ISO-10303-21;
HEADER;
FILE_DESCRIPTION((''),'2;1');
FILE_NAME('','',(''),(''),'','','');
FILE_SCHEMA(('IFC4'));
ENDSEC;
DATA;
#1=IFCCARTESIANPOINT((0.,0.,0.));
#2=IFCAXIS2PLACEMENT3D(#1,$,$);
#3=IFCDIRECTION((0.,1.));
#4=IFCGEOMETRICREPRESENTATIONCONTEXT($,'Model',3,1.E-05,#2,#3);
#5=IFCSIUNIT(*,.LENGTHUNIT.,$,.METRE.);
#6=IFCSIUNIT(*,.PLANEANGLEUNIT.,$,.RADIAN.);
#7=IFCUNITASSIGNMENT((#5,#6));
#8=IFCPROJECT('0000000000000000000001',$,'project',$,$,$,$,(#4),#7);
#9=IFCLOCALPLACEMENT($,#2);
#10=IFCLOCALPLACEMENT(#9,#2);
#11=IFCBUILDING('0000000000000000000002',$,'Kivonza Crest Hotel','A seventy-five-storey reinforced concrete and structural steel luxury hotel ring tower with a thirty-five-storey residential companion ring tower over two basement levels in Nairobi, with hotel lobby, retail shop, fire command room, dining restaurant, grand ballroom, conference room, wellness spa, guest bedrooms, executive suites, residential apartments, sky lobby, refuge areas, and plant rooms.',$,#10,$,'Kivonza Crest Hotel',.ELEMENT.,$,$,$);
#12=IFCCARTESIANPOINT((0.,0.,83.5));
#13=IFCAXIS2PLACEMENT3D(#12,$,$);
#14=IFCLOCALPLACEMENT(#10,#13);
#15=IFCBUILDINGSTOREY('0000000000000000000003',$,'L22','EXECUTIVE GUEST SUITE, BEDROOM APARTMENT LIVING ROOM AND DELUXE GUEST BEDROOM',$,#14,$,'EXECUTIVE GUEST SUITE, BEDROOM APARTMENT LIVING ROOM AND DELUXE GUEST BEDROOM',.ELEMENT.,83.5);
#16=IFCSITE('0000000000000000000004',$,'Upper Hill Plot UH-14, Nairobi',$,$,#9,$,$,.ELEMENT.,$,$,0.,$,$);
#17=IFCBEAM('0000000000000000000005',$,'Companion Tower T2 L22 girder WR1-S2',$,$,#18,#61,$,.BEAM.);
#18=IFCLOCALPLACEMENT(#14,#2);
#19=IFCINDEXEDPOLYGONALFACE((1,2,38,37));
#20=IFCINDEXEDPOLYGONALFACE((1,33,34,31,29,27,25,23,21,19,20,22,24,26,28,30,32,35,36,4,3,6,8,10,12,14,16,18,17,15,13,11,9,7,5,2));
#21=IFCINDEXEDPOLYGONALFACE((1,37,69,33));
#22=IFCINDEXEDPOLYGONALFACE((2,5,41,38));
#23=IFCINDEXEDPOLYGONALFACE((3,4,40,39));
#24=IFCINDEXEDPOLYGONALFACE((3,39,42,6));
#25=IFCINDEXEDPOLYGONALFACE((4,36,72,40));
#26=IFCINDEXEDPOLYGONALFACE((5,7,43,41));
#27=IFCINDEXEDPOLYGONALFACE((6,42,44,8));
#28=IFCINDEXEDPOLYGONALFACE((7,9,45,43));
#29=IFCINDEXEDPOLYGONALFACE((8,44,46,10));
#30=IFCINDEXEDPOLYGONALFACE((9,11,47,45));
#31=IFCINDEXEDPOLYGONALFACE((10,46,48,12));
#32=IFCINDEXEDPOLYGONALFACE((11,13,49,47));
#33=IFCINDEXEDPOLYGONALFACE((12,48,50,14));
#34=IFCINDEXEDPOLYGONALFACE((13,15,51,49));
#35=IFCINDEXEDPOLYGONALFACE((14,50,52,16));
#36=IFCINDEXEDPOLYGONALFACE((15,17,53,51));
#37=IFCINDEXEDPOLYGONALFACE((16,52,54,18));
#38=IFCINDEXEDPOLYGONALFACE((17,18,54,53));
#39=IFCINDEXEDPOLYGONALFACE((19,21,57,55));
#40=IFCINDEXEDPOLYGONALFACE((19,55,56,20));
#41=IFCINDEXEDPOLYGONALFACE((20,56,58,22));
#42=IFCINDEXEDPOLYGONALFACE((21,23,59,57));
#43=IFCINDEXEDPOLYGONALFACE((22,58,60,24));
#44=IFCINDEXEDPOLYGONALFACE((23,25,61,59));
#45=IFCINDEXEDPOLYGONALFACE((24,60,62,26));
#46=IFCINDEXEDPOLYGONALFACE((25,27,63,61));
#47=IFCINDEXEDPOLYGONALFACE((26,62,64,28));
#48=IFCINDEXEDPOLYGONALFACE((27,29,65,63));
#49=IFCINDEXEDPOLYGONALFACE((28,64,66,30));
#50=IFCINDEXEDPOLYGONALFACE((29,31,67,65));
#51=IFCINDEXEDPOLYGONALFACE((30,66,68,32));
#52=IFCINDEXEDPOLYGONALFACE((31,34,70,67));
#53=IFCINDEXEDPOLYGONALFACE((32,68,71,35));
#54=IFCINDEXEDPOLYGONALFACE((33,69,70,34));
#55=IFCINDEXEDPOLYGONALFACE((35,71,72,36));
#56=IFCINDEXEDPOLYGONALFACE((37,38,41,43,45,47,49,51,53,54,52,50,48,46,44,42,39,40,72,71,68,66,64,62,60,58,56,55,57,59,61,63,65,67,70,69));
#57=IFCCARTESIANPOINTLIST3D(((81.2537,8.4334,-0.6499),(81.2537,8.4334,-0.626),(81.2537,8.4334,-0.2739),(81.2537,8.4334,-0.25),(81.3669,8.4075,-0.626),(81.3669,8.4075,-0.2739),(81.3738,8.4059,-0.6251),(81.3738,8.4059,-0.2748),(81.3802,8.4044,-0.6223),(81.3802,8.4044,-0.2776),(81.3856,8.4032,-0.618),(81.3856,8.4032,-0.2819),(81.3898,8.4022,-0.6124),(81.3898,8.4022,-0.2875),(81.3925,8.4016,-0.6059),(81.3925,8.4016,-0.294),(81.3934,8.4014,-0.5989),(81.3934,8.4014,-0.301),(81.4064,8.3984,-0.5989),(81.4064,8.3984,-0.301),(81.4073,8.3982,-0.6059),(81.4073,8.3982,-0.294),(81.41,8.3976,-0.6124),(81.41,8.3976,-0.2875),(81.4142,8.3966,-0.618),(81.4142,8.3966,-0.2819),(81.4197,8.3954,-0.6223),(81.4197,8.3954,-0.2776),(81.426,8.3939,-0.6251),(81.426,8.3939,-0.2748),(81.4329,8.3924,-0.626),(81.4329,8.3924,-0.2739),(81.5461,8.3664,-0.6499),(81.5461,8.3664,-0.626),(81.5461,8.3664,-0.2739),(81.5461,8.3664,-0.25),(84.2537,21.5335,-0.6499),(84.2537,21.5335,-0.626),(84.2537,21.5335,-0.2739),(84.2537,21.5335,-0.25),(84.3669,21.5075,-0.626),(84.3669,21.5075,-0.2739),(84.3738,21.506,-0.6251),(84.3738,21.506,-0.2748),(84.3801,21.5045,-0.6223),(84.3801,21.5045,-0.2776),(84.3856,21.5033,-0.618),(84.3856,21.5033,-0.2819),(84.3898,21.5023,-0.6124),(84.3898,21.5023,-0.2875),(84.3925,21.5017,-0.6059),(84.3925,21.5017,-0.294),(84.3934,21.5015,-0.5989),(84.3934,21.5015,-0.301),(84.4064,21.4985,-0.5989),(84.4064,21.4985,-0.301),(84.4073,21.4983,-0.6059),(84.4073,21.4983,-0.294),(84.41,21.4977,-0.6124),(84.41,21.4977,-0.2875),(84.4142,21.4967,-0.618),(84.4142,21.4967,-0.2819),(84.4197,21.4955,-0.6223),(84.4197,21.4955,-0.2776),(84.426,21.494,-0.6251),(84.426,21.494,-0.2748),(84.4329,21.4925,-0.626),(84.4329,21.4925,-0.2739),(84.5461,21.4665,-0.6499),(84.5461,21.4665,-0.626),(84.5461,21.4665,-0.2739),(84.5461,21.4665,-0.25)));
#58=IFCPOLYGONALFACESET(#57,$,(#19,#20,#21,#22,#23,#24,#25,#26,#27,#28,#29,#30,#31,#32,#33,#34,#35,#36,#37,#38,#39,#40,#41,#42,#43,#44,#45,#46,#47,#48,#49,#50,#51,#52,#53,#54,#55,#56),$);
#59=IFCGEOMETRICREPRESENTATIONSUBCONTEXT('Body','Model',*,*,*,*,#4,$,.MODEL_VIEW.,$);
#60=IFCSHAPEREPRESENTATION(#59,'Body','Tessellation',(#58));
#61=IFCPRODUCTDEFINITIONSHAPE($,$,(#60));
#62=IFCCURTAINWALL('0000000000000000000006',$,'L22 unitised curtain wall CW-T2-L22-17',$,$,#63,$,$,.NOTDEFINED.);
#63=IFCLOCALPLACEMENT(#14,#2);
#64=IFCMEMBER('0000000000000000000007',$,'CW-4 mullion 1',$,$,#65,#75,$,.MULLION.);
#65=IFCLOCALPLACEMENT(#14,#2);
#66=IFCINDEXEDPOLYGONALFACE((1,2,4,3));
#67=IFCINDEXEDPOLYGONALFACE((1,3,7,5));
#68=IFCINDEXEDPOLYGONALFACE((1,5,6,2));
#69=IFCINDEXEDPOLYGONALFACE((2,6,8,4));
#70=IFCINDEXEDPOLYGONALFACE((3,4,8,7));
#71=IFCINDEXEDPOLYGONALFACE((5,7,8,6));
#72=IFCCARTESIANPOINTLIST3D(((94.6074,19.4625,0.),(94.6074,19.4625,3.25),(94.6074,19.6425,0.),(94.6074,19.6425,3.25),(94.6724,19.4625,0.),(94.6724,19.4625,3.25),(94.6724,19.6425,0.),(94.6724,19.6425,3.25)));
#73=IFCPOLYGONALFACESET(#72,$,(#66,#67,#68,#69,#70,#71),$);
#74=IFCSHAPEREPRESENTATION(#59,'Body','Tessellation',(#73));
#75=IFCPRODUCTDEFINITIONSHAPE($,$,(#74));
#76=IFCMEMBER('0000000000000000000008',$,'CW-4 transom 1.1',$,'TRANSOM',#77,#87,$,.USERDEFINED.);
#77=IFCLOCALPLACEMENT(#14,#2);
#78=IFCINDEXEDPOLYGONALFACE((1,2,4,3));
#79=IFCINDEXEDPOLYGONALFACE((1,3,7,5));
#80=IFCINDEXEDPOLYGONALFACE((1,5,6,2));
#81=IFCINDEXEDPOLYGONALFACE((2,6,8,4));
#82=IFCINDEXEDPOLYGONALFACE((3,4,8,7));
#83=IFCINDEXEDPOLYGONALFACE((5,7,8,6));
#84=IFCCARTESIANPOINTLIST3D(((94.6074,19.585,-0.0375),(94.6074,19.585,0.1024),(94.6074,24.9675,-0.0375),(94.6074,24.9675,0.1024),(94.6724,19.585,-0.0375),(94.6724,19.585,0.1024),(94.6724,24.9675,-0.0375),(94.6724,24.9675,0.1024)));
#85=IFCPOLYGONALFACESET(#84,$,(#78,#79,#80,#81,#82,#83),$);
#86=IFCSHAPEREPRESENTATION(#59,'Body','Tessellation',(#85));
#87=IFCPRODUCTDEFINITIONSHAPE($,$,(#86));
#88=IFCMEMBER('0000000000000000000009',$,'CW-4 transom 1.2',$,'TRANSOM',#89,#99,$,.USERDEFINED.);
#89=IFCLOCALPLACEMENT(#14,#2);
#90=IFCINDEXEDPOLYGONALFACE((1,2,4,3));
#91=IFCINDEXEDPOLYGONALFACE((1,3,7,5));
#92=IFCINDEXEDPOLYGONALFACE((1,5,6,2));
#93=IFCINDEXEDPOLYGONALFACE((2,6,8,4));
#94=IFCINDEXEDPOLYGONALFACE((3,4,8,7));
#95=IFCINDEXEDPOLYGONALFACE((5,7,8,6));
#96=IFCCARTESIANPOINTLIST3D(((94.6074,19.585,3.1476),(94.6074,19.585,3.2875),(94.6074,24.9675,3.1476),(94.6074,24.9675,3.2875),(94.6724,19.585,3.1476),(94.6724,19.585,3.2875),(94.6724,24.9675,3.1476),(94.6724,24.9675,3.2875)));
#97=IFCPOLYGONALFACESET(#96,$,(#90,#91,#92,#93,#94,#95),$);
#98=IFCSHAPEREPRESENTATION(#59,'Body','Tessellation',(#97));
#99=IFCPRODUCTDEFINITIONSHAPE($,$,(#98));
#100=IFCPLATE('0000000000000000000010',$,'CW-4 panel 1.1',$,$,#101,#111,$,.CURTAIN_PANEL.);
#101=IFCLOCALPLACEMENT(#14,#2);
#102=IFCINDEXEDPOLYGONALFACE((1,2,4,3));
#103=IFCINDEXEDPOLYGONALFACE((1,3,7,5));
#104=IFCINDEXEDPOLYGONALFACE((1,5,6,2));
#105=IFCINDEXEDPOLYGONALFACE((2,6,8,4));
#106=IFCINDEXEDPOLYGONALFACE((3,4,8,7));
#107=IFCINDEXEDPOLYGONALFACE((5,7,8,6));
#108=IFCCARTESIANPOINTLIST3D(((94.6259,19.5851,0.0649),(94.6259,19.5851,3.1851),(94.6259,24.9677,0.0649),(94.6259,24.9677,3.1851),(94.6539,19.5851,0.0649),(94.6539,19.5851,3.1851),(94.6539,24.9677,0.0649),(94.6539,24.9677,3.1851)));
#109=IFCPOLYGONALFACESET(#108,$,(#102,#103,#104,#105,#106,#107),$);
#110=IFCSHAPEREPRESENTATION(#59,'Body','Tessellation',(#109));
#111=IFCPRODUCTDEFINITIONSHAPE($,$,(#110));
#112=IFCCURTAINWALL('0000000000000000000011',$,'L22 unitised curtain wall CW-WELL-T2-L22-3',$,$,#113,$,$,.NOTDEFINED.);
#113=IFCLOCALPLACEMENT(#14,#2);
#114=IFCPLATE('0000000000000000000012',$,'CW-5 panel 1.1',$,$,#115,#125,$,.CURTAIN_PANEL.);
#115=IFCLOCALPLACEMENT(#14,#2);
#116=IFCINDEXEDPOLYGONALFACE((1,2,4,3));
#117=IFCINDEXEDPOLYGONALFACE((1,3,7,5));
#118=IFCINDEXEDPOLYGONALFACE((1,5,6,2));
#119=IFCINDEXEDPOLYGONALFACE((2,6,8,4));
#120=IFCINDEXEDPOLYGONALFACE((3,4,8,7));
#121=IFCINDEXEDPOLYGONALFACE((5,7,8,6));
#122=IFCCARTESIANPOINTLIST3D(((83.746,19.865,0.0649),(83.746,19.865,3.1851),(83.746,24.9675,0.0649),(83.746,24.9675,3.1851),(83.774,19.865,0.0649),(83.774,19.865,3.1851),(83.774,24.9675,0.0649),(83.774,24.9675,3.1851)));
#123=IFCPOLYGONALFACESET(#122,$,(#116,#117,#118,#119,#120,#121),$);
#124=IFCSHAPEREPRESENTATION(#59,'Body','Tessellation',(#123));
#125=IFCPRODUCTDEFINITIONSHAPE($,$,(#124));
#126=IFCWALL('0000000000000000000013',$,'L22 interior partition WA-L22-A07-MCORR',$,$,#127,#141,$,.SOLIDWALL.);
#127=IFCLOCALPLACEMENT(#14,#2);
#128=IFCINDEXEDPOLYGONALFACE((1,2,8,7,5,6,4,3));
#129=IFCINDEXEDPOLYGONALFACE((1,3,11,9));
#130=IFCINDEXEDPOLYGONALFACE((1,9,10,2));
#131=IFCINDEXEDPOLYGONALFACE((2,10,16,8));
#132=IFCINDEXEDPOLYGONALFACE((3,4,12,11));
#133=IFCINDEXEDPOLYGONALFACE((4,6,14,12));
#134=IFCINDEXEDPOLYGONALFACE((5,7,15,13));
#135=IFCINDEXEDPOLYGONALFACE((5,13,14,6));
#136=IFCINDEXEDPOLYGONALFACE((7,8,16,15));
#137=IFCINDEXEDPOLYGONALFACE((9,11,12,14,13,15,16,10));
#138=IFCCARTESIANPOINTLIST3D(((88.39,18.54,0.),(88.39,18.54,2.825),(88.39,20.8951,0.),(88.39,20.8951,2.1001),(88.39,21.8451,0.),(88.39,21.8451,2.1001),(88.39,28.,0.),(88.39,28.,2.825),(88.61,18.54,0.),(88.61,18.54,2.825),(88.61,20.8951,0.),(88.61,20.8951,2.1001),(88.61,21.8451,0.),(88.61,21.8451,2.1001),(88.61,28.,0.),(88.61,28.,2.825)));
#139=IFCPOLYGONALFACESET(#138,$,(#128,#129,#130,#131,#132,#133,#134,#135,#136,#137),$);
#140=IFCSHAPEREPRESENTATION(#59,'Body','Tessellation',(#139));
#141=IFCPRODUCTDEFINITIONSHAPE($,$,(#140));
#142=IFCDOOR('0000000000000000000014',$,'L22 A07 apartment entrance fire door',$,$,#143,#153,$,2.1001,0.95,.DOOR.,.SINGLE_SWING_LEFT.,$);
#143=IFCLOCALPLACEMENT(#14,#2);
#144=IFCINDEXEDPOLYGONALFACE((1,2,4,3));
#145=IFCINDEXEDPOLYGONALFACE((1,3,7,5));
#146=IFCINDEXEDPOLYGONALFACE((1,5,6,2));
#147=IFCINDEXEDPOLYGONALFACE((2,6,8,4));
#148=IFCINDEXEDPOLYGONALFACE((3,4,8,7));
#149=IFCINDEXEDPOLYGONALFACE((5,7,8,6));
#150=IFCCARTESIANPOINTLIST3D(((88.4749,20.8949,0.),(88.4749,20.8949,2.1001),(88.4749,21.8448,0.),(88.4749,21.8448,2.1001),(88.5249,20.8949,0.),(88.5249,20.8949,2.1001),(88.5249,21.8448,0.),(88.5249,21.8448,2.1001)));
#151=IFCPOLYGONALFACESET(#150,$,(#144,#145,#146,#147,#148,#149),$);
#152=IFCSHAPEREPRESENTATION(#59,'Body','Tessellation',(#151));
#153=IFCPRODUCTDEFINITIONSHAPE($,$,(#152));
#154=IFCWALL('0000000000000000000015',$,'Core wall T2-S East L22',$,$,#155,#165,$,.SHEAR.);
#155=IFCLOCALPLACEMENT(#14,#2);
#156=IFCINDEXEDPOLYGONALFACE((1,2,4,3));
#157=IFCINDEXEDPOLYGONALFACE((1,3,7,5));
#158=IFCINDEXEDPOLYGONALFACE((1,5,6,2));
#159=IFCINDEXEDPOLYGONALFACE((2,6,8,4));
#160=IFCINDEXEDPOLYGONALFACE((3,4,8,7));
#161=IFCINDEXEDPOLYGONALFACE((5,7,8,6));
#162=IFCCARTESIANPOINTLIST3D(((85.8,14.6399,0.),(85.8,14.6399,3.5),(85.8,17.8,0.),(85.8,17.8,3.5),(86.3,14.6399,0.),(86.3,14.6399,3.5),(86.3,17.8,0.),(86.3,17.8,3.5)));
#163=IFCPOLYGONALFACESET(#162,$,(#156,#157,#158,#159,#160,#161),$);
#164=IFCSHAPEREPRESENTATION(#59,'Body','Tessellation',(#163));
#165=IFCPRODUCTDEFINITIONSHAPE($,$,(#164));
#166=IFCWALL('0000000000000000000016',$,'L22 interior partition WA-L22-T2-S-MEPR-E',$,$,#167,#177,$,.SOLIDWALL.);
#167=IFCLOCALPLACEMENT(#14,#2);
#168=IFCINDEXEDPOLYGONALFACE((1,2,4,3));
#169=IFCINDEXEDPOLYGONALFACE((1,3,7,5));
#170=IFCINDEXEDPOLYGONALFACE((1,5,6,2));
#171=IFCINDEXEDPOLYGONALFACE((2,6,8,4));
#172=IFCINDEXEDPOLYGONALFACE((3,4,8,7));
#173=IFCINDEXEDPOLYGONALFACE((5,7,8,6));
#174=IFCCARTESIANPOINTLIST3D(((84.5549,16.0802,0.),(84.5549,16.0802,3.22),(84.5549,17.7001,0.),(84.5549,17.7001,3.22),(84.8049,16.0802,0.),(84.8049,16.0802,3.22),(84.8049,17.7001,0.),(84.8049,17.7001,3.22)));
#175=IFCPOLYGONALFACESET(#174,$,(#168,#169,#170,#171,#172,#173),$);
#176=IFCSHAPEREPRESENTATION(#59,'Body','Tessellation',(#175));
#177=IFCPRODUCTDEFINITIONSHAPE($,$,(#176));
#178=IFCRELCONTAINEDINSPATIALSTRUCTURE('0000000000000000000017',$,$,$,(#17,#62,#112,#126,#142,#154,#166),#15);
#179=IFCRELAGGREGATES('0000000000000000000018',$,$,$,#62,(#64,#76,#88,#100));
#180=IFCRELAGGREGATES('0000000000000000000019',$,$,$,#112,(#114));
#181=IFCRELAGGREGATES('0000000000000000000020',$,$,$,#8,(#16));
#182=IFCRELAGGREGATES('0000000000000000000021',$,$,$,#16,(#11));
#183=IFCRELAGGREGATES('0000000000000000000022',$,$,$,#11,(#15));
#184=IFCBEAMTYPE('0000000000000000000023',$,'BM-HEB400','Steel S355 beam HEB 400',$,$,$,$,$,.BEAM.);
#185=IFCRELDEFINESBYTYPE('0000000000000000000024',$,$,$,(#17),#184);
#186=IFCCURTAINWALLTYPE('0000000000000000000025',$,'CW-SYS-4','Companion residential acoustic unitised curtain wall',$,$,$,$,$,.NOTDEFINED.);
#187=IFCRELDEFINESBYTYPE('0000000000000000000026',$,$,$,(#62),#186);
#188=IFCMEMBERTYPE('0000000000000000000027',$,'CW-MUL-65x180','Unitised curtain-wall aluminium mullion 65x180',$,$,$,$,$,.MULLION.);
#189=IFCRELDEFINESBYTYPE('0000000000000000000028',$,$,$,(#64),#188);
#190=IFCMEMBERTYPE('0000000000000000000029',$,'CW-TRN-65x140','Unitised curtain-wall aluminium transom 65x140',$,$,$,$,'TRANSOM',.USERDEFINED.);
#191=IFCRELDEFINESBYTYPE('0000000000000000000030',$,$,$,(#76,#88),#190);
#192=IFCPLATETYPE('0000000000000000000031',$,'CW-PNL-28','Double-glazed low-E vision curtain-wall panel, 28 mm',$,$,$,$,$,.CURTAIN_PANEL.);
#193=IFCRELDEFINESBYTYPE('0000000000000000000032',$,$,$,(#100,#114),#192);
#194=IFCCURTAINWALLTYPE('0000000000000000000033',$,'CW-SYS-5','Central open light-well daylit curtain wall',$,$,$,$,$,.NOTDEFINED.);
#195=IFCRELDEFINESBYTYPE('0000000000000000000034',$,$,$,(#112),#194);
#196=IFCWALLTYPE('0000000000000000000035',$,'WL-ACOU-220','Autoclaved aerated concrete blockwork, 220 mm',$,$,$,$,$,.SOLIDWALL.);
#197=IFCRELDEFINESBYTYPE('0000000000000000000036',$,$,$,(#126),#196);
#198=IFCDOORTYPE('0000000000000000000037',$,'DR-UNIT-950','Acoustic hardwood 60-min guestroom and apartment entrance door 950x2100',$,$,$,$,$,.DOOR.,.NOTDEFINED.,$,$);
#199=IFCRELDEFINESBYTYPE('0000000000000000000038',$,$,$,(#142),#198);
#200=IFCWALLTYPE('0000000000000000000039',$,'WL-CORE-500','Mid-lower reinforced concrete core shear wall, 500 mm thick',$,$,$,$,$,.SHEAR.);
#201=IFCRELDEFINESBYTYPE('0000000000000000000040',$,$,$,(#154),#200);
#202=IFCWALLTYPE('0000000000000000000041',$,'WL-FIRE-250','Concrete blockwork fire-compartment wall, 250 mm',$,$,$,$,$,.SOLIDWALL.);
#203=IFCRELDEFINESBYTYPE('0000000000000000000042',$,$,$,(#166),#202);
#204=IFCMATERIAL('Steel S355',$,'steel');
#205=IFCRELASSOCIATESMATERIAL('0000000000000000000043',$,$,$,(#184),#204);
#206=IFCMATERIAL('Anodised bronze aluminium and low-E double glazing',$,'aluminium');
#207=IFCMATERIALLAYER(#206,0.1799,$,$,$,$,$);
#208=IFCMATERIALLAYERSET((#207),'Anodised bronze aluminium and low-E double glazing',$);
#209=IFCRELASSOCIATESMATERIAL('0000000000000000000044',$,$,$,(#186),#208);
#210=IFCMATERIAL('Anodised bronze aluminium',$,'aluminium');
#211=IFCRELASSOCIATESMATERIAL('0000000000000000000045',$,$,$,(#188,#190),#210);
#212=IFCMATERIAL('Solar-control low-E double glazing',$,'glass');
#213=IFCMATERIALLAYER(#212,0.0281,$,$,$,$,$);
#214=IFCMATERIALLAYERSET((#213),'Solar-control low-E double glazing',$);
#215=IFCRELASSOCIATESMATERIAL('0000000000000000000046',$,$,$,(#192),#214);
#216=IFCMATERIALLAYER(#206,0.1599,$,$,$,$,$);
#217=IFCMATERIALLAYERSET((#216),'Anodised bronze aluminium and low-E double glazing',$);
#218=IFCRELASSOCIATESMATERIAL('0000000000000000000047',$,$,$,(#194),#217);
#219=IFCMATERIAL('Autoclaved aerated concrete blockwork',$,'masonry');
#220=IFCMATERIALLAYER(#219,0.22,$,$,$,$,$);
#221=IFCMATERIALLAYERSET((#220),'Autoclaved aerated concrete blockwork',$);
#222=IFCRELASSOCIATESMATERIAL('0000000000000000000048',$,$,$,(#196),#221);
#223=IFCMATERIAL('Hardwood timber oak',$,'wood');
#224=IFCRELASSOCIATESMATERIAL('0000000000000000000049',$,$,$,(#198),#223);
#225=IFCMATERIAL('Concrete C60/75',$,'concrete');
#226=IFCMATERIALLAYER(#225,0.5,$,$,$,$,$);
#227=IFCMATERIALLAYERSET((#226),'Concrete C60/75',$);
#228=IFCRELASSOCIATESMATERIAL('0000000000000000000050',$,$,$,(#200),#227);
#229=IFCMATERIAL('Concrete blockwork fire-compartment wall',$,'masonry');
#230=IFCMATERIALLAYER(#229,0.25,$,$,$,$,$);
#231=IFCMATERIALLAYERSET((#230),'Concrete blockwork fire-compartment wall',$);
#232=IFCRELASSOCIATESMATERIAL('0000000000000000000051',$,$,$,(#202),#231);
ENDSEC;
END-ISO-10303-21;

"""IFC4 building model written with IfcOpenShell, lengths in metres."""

from ifc_helpers import new_model, si_unit, direction, frame, frame_2d, origin, origin_2d, place, context, subcontext, project, spatial, rectangle, i_section, extrude, material, layer, layer_set, material_profile, profile_set, type_object, element, fill, aggregate, save


model = new_model("IFC4")

# Units and contexts
model_context = context("Model", 3, precision=1e-05, world=origin(), true_north=direction((0.0, 1.0)))
body_context = subcontext(model_context, "Body", "Model", "MODEL_VIEW")
ifc_project = project(units=[si_unit("LENGTHUNIT", "METRE"), si_unit("PLANEANGLEUNIT", "RADIAN")], contexts=[model_context])

# Site, building, storey
site_placement = place(None, origin())
site = spatial("IfcSite", under=ifc_project, at=site_placement, Name="Upper Hill Plot UH-14, Nairobi", CompositionType="ELEMENT", RefElevation=0.0)
building_placement = place(site_placement, origin())
building = spatial("IfcBuilding", under=site, at=building_placement, Name="Kivonza Crest Hotel", Description="A seventy-five-storey reinforced concrete and structural steel luxury hotel ring tower with a thirty-five-storey residential companion ring tower over two basement levels in Nairobi, with hotel lobby, retail shop, fire command room, dining restaurant, grand ballroom, conference room, wellness spa, guest bedrooms, executive suites, residential apartments, sky lobby, refuge areas, and plant rooms.", LongName="Kivonza Crest Hotel", CompositionType="ELEMENT")
storey_placement = place(building_placement, frame((0.0, 0.0, 83.5)))
storey = spatial("IfcBuildingStorey", under=building, at=storey_placement, Name="L22", Description="EXECUTIVE GUEST SUITE, BEDROOM APARTMENT LIVING ROOM AND DELUXE GUEST BEDROOM", LongName="EXECUTIVE GUEST SUITE, BEDROOM APARTMENT LIVING ROOM AND DELUXE GUEST BEDROOM", CompositionType="ELEMENT", Elevation=83.5)

# Beam
ifc_material_1 = material(Name="Steel S355", Category="steel")
ifc_material_profile_1 = material_profile(ifc_material_1, i_section(OverallWidth=0.3, OverallDepth=0.3999, WebThickness=0.0134, FlangeThickness=0.0239, FilletRadius=0.0271, at=origin_2d()), Name="HEB 400")
ifc_profile_set_1 = profile_set([ifc_material_profile_1], Name="Steel S355")
beam_type_1 = type_object("IfcBeamType", Name="BM-HEB400", Description="Steel S355 beam HEB 400", PredefinedType="BEAM", material=ifc_profile_set_1)
beam_1_placement = place(storey_placement, frame((84.3999, 21.5, -0.45), z_axis=(-0.223227, -0.974766, 0.0), x_axis=(0.974766, -0.223227, 0.0)))
element("IfcBeam", 1, at=beam_1_placement, inside=storey, type_object=beam_type_1, Name="Companion Tower T2 L22 girder WR1-S2", PredefinedType="BEAM", context=body_context, shape_type="SweptSolid", body=[
    extrude(i_section(OverallWidth=0.3, OverallDepth=0.3999, WebThickness=0.0134, FlangeThickness=0.0239, FilletRadius=0.0271, at=origin_2d()), origin(), (0.0, 0.0, 1.0), 13.4392),
])

# Curtain wall, members, plate
ifc_material_2 = material(Name="Anodised bronze aluminium and low-E double glazing", Category="aluminium")
ifc_layer_1 = layer(ifc_material_2, 0.1799)
ifc_layer_set_1 = layer_set([ifc_layer_1], Name="Anodised bronze aluminium and low-E double glazing")
curtain_wall_type_1 = type_object("IfcCurtainWallType", Name="CW-SYS-4", Description="Companion residential acoustic unitised curtain wall", PredefinedType="NOTDEFINED", material=ifc_layer_set_1)
curtain_wall_1_placement = place(storey_placement, origin())
curtain_wall_1 = element("IfcCurtainWall", 2, at=curtain_wall_1_placement, inside=storey, type_object=curtain_wall_type_1, Name="L22 unitised curtain wall CW-T2-L22-17", PredefinedType="NOTDEFINED")
ifc_material_3 = material(Name="Anodised bronze aluminium", Category="aluminium")
ifc_material_profile_2 = material_profile(ifc_material_3, rectangle(XDim=0.0649, YDim=0.1799, at=origin_2d()), Name="CW-M 65x180")
ifc_profile_set_2 = profile_set([ifc_material_profile_2], Name="Anodised bronze aluminium")
member_type_1 = type_object("IfcMemberType", Name="CW-MUL-65x180", Description="Unitised curtain-wall aluminium mullion 65x180", PredefinedType="MULLION", material=ifc_profile_set_2)
member_1_placement = place(storey_placement, frame((94.6399, 19.5525, 0.0), z_axis=(0.0, 0.0, 1.0), x_axis=(-1.0, 0.0, 0.0)))
member_1 = element("IfcMember", 3, at=member_1_placement, type_object=member_type_1, Name="CW-4 mullion 1", PredefinedType="MULLION", context=body_context, shape_type="SweptSolid", body=[
    extrude(rectangle(XDim=0.0649, YDim=0.1799, at=origin_2d()), origin(), (0.0, 0.0, 1.0), 3.25),
])
ifc_material_profile_3 = material_profile(ifc_material_3, rectangle(XDim=0.0649, YDim=0.1399, at=origin_2d()), Name="CW-T 65x140")
ifc_profile_set_3 = profile_set([ifc_material_profile_3], Name="Anodised bronze aluminium")
member_type_2 = type_object("IfcMemberType", Name="CW-TRN-65x140", Description="Unitised curtain-wall aluminium transom 65x140", ElementType="TRANSOM", PredefinedType="USERDEFINED", material=ifc_profile_set_3)
member_2_placement = place(storey_placement, frame((94.6399, 19.585, 0.0325), z_axis=(0.0, 1.0, 0.0), x_axis=(-1.0, 0.0, 0.0)))
member_2 = element("IfcMember", 4, at=member_2_placement, type_object=member_type_2, Name="CW-4 transom 1.1", ObjectType="TRANSOM", PredefinedType="USERDEFINED", context=body_context, shape_type="SweptSolid", body=[
    extrude(rectangle(XDim=0.0649, YDim=0.1399, at=origin_2d()), origin(), (0.0, 0.0, 1.0), 5.3826),
])
member_3_placement = place(storey_placement, frame((94.6399, 19.585, 3.2175), z_axis=(0.0, 1.0, 0.0), x_axis=(-1.0, 0.0, 0.0)))
member_3 = element("IfcMember", 5, at=member_3_placement, type_object=member_type_2, Name="CW-4 transom 1.2", ObjectType="TRANSOM", PredefinedType="USERDEFINED", context=body_context, shape_type="SweptSolid", body=[
    extrude(rectangle(XDim=0.0649, YDim=0.1399, at=origin_2d()), origin(), (0.0, 0.0, 1.0), 5.3826),
])
ifc_material_4 = material(Name="Solar-control low-E double glazing", Category="glass")
ifc_layer_2 = layer(ifc_material_4, 0.0281)
ifc_layer_set_2 = layer_set([ifc_layer_2], Name="Solar-control low-E double glazing")
plate_type = type_object("IfcPlateType", Name="CW-PNL-28", Description="Double-glazed low-E vision curtain-wall panel, 28 mm", PredefinedType="CURTAIN_PANEL", material=ifc_layer_set_2)
plate_1_placement = place(storey_placement, frame((94.6399, 22.2764, 0.0649), z_axis=(0.0, 0.0, 1.0), x_axis=(0.0, 1.0, 0.0)))
plate_1 = element("IfcPlate", 6, at=plate_1_placement, type_object=plate_type, Name="CW-4 panel 1.1", PredefinedType="CURTAIN_PANEL", context=body_context, shape_type="SweptSolid", body=[
    extrude(rectangle(XDim=5.3826, YDim=0.0281, at=origin_2d()), origin(), (0.0, 0.0, 1.0), 3.1201),
])
aggregate(curtain_wall_1, [member_1, member_2, member_3, plate_1])

# Curtain wall, plate
ifc_layer_3 = layer(ifc_material_2, 0.1599)
ifc_layer_set_3 = layer_set([ifc_layer_3], Name="Anodised bronze aluminium and low-E double glazing")
curtain_wall_type_2 = type_object("IfcCurtainWallType", Name="CW-SYS-5", Description="Central open light-well daylit curtain wall", PredefinedType="NOTDEFINED", material=ifc_layer_set_3)
curtain_wall_2_placement = place(storey_placement, origin())
curtain_wall_2 = element("IfcCurtainWall", 7, at=curtain_wall_2_placement, inside=storey, type_object=curtain_wall_type_2, Name="L22 unitised curtain wall CW-WELL-T2-L22-3", PredefinedType="NOTDEFINED")
plate_2_placement = place(storey_placement, frame((83.76, 22.4163, 0.0649), z_axis=(0.0, 0.0, 1.0), x_axis=(0.0, 1.0, 0.0)))
plate_2 = element("IfcPlate", 8, at=plate_2_placement, type_object=plate_type, Name="CW-5 panel 1.1", PredefinedType="CURTAIN_PANEL", context=body_context, shape_type="SweptSolid", body=[
    extrude(rectangle(XDim=5.1025, YDim=0.0281, at=origin_2d()), origin(), (0.0, 0.0, 1.0), 3.1201),
])
aggregate(curtain_wall_2, [plate_2])

# Wall, opening, door
ifc_material_5 = material(Name="Autoclaved aerated concrete blockwork", Category="masonry")
ifc_layer_4 = layer(ifc_material_5, 0.22)
ifc_layer_set_4 = layer_set([ifc_layer_4], Name="Autoclaved aerated concrete blockwork")
wall_type_1 = type_object("IfcWallType", Name="WL-ACOU-220", Description="Autoclaved aerated concrete blockwork, 220 mm", PredefinedType="SOLIDWALL", material=ifc_layer_set_4)
wall_1_placement = place(storey_placement, frame((88.5, 18.54, 0.0), z_axis=(0.0, 0.0, 1.0), x_axis=(0.0, 1.0, 0.0)))
wall_1 = element("IfcWall", 9, at=wall_1_placement, inside=storey, type_object=wall_type_1, Name="L22 interior partition WA-L22-A07-MCORR", PredefinedType="SOLIDWALL", context=body_context, shape_type="SweptSolid", body=[
    extrude(rectangle(XDim=9.46, YDim=0.22, at=frame_2d((4.73, 0.0))), origin(), (0.0, 0.0, 1.0), 2.825),
])
opening_1_placement = place(wall_1_placement, frame((2.355, 0.0, 0.0)))
opening_1 = element("IfcOpeningElement", 10, at=opening_1_placement, cuts=wall_1, PredefinedType="OPENING", context=body_context, shape_type="SweptSolid", body=[
    extrude(rectangle(XDim=0.95, YDim=2.1001, at=frame_2d((0.4751, 1.05))), frame((0.0, 0.1201, 0.0), z_axis=(0.0, -1.0, 0.0), x_axis=(1.0, 0.0, 0.0)), (0.0, 0.0, 1.0), 0.24),
])
ifc_material_6 = material(Name="Hardwood timber oak", Category="wood")
door_type_1 = type_object("IfcDoorType", Name="DR-UNIT-950", Description="Acoustic hardwood 60-min guestroom and apartment entrance door 950x2100", OperationType="NOTDEFINED", PredefinedType="DOOR", material=ifc_material_6)
door_1_placement = place(opening_1_placement, frame((0.95, 0.0, 0.0), z_axis=(0.0, 0.0, 1.0), x_axis=(-1.0, 0.0, 0.0)))
door_1 = element("IfcDoor", 11, at=door_1_placement, inside=storey, type_object=door_type_1, Name="L22 A07 apartment entrance fire door", OperationType="SINGLE_SWING_LEFT", OverallHeight=2.1001, OverallWidth=0.95, PredefinedType="DOOR", context=body_context, shape_type="SweptSolid", body=[
    extrude(rectangle(XDim=0.95, YDim=2.1001, at=frame_2d((0.4751, 1.05))), frame((0.0, 0.0249, 0.0), z_axis=(0.0, -1.0, 0.0), x_axis=(1.0, 0.0, 0.0)), (0.0, 0.0, 1.0), 0.05),
])
fill(opening_1, door_1)

# Walls
ifc_material_7 = material(Name="Concrete C60/75", Category="concrete")
ifc_layer_5 = layer(ifc_material_7, 0.5)
ifc_layer_set_5 = layer_set([ifc_layer_5], Name="Concrete C60/75")
wall_type_2 = type_object("IfcWallType", Name="WL-CORE-500", Description="Mid-lower reinforced concrete core shear wall, 500 mm thick", PredefinedType="SHEAR", material=ifc_layer_set_5)
wall_2_placement = place(storey_placement, frame((86.05, 14.6399, 0.0), z_axis=(0.0, 0.0, 1.0), x_axis=(0.0, 1.0, 0.0)))
element("IfcWall", 12, at=wall_2_placement, inside=storey, type_object=wall_type_2, Name="Core wall T2-S East L22", PredefinedType="SHEAR", context=body_context, shape_type="SweptSolid", body=[
    extrude(rectangle(XDim=3.1602, YDim=0.5, at=frame_2d((1.5801, 0.0))), origin(), (0.0, 0.0, 1.0), 3.5),
])
ifc_material_8 = material(Name="Concrete blockwork fire-compartment wall", Category="masonry")
ifc_layer_6 = layer(ifc_material_8, 0.25)
ifc_layer_set_6 = layer_set([ifc_layer_6], Name="Concrete blockwork fire-compartment wall")
wall_type_3 = type_object("IfcWallType", Name="WL-FIRE-250", Description="Concrete blockwork fire-compartment wall, 250 mm", PredefinedType="SOLIDWALL", material=ifc_layer_set_6)
wall_3_placement = place(storey_placement, frame((84.6799, 16.0801, 0.0), z_axis=(0.0, 0.0, 1.0), x_axis=(0.0, 1.0, 0.0)))
element("IfcWall", 13, at=wall_3_placement, inside=storey, type_object=wall_type_3, Name="L22 interior partition WA-L22-T2-S-MEPR-E", PredefinedType="SOLIDWALL", context=body_context, shape_type="SweptSolid", body=[
    extrude(rectangle(XDim=1.6199, YDim=0.25, at=frame_2d((0.8101, 0.0))), origin(), (0.0, 0.0, 1.0), 3.22),
])

save(model, "model.ifc")
